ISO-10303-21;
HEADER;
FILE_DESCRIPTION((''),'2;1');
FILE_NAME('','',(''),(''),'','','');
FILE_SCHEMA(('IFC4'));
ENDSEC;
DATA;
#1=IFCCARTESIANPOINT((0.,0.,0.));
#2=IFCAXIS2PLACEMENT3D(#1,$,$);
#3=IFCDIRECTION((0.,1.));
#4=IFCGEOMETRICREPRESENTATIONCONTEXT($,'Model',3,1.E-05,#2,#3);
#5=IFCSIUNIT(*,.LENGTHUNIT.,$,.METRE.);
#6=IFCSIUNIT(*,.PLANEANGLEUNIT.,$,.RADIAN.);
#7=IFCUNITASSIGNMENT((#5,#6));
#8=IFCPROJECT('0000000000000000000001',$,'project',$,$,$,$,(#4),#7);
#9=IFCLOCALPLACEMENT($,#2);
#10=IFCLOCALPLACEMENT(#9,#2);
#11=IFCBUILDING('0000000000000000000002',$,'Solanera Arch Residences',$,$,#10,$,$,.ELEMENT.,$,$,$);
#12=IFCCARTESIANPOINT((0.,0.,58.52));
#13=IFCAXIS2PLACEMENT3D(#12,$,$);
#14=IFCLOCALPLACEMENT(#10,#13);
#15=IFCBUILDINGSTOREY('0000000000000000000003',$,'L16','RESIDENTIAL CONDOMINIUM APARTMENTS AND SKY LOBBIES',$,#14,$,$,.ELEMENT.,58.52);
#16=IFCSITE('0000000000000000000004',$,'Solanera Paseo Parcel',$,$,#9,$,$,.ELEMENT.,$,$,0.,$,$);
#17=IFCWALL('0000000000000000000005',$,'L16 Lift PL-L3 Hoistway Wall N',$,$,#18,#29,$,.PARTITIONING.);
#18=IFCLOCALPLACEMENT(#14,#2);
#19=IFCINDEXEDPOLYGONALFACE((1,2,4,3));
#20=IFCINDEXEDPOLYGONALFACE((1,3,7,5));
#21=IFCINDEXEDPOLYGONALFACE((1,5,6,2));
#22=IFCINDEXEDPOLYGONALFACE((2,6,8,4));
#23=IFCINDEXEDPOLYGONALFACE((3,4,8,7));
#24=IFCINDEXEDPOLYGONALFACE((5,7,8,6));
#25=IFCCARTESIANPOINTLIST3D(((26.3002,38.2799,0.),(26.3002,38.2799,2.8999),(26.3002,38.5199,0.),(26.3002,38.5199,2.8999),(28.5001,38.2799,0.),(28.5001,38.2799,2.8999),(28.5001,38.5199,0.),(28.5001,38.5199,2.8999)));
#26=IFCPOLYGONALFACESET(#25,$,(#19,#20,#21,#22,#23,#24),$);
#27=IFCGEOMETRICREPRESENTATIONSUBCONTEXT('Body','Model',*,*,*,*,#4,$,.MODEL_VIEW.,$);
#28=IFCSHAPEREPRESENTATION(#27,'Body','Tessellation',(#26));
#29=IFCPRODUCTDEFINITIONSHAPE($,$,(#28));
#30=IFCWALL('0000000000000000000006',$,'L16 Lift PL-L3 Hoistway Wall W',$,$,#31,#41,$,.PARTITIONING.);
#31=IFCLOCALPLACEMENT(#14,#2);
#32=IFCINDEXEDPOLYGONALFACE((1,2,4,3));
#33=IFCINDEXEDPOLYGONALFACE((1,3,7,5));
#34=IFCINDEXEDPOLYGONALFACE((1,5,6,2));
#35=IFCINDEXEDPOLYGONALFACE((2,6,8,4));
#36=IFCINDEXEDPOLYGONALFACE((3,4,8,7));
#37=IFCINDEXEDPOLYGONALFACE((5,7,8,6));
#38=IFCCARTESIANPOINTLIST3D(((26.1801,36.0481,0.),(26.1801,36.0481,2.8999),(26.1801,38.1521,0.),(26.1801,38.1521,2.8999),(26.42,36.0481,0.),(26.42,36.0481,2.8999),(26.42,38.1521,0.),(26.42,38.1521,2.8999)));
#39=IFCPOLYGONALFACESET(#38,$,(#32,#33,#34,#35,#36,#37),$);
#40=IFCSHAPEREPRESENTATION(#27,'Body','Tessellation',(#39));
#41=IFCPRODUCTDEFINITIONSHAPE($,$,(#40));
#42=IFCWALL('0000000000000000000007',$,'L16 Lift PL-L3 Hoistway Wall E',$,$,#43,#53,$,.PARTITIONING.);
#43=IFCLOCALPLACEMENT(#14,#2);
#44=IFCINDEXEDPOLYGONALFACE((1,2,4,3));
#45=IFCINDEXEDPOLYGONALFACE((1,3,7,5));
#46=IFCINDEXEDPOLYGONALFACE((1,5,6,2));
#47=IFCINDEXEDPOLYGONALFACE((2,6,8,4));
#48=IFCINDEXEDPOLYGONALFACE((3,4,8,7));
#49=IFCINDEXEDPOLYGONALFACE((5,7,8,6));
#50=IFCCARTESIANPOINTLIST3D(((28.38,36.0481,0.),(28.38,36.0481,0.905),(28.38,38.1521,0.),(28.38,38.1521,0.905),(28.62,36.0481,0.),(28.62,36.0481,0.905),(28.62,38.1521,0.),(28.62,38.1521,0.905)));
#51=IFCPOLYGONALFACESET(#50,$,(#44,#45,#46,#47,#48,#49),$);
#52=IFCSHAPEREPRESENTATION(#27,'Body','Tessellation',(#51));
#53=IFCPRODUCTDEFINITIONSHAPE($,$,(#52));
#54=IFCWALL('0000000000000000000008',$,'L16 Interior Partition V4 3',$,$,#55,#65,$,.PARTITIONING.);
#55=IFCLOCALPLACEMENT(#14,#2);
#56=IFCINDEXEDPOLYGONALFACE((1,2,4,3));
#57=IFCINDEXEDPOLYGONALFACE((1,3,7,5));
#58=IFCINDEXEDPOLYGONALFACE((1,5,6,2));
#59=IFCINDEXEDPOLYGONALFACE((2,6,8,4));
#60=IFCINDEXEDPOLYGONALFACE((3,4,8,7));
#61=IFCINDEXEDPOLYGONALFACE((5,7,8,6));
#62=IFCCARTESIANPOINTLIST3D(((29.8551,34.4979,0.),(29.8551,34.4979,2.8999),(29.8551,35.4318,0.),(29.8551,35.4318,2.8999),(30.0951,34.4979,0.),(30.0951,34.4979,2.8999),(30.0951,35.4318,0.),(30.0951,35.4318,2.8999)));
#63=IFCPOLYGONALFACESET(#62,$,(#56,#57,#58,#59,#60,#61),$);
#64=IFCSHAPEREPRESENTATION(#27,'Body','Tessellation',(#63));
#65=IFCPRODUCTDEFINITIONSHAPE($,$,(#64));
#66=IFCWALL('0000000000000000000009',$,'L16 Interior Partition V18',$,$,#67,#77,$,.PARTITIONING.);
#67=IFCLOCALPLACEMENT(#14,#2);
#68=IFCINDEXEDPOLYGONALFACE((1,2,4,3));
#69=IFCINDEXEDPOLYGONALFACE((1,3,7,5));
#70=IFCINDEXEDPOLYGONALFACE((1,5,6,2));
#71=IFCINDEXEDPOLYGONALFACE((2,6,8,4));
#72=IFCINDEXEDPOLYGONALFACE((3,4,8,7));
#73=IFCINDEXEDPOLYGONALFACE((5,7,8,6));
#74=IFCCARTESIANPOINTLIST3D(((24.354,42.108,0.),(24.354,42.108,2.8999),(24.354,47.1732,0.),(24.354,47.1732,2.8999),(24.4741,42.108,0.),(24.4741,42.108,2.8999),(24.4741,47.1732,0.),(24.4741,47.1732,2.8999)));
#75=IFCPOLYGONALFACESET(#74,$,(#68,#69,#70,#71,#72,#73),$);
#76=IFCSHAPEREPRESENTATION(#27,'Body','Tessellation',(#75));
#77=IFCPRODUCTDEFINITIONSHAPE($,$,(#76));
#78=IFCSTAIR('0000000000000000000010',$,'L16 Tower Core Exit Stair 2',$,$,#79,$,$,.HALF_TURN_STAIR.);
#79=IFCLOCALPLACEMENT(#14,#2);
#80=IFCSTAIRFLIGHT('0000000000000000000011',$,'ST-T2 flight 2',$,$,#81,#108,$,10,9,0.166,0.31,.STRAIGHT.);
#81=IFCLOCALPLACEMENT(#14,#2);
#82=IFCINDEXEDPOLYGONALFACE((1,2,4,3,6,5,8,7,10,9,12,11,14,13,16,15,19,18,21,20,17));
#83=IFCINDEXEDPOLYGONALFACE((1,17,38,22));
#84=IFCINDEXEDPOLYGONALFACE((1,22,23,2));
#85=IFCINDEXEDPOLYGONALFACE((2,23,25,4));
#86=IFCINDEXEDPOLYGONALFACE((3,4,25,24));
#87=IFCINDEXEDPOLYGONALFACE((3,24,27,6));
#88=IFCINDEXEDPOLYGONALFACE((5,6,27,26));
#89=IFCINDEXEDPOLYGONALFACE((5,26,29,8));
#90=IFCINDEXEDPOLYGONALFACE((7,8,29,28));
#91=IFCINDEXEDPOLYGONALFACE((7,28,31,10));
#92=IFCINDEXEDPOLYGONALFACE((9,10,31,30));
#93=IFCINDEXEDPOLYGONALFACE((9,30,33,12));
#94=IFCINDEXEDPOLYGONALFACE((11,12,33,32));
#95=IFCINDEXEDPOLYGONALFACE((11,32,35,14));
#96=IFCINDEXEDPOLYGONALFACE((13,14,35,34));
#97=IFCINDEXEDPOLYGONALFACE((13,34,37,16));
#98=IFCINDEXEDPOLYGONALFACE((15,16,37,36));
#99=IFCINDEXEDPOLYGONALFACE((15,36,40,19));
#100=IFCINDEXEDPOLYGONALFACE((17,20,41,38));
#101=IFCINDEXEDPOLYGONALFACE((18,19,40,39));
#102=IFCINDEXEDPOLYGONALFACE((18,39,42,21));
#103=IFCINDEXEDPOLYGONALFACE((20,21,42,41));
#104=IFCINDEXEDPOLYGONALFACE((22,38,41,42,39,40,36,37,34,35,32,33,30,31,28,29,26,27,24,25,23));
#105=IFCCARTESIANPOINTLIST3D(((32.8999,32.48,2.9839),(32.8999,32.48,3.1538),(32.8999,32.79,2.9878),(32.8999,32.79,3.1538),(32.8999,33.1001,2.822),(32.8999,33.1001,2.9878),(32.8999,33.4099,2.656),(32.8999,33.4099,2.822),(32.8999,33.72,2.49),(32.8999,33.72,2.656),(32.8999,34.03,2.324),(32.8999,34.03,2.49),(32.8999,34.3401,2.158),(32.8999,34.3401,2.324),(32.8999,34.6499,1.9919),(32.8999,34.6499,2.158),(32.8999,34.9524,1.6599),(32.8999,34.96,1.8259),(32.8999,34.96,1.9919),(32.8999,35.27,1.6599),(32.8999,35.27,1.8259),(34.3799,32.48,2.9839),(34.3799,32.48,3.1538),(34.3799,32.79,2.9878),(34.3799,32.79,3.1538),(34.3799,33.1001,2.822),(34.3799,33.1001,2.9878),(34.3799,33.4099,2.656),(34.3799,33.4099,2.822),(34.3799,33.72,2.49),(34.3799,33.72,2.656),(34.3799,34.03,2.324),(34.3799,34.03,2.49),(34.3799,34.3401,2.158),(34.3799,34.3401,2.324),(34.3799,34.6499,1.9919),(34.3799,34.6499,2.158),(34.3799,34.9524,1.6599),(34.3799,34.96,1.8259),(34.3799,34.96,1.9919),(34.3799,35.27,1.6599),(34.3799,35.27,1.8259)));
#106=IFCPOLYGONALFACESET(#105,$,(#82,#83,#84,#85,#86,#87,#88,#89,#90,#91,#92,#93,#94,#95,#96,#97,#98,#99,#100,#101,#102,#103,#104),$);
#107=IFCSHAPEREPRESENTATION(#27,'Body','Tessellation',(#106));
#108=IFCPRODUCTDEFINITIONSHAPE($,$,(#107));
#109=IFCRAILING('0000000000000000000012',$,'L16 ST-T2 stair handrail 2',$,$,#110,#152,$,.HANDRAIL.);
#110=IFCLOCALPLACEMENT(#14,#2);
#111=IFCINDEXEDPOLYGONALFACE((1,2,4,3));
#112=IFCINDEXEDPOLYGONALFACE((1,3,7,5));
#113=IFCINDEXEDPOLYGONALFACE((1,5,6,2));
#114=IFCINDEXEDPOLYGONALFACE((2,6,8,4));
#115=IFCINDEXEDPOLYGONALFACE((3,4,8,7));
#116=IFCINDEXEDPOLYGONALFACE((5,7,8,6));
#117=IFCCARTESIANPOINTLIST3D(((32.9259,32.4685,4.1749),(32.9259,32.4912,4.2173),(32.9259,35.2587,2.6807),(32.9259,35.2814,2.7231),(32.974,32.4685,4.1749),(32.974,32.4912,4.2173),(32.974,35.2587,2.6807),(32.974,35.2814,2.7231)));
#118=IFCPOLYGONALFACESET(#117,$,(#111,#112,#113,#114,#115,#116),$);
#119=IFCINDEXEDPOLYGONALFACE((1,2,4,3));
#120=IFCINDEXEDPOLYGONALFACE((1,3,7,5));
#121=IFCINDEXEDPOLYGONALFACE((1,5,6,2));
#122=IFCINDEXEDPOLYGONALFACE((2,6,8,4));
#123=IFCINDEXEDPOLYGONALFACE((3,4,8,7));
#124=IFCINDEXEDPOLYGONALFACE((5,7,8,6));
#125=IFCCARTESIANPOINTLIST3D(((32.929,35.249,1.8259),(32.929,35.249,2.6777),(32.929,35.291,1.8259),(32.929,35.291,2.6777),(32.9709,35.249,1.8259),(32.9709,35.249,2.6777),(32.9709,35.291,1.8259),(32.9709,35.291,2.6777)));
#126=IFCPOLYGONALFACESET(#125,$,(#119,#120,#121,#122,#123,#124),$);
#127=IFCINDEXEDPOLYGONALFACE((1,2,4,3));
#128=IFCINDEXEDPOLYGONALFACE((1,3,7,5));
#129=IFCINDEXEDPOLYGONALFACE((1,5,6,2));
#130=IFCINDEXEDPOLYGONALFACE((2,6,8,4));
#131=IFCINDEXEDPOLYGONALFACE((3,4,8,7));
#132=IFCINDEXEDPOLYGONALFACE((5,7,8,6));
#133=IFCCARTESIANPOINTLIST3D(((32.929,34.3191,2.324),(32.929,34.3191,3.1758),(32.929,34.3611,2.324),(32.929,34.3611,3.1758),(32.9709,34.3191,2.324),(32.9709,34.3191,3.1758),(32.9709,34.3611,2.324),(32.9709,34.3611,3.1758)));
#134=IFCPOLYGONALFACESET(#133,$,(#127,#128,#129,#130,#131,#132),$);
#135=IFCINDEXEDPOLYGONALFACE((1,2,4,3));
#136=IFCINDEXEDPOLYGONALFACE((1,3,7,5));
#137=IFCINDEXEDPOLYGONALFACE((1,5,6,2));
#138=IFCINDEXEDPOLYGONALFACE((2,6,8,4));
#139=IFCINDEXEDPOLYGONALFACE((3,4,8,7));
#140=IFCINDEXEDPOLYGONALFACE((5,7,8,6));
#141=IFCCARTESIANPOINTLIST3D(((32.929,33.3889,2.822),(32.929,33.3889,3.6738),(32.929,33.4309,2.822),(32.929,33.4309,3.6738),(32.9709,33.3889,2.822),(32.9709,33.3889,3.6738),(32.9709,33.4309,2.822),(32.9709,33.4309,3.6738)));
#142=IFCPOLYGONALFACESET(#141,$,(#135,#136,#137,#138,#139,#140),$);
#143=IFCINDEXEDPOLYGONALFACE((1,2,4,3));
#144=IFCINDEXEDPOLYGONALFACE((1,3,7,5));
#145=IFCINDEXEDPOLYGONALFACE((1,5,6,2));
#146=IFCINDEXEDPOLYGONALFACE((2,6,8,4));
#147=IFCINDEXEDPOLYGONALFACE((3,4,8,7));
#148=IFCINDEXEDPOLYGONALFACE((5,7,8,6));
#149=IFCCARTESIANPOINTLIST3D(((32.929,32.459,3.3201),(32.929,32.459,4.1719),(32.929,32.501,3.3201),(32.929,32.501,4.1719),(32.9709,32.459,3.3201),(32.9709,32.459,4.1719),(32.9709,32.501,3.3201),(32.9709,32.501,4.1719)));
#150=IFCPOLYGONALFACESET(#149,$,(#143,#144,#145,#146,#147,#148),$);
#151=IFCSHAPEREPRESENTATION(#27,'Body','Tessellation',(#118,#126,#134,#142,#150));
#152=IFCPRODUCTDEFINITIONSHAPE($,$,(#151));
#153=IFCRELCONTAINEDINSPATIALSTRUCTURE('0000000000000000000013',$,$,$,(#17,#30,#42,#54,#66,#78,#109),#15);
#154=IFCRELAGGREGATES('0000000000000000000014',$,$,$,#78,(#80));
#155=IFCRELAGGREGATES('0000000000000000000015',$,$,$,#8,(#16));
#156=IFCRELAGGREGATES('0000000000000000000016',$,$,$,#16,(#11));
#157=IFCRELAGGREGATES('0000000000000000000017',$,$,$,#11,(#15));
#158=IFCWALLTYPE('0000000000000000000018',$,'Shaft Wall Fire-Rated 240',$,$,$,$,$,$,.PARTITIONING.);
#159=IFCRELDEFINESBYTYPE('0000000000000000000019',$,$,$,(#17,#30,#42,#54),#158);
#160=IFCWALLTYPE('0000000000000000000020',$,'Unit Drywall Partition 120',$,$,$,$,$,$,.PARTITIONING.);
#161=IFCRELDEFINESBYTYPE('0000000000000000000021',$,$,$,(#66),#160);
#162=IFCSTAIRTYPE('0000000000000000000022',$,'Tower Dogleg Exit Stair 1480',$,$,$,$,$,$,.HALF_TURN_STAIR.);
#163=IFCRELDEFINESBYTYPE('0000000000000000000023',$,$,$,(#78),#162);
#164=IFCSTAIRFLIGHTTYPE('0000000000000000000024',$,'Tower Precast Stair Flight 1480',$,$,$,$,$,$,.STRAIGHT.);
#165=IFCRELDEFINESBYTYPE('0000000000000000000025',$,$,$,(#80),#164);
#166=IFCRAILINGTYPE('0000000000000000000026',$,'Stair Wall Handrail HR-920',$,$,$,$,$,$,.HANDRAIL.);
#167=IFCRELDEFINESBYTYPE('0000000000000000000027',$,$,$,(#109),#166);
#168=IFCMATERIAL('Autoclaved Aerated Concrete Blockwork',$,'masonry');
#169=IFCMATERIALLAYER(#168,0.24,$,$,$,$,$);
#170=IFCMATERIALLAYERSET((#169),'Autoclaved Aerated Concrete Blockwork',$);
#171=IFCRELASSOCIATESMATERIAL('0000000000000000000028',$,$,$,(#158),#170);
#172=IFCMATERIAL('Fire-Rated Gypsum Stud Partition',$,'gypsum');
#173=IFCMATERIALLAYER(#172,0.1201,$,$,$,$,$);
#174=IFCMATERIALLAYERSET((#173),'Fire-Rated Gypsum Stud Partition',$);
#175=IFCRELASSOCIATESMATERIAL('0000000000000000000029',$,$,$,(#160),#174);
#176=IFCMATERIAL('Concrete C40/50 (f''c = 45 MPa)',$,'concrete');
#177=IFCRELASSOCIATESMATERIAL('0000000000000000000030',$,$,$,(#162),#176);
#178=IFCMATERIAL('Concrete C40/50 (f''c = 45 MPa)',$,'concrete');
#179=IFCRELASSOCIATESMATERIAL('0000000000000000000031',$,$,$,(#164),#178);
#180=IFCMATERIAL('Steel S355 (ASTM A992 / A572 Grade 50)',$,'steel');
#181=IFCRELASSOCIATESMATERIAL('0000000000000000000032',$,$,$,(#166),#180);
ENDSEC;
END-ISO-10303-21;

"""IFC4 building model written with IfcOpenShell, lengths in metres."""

from ifc_helpers import new_model, si_unit, direction, frame, frame_2d, origin, origin_2d, place, context, subcontext, project, spatial, polyline, rectangle, outline, extrude, material, layer, layer_set, type_object, element, aggregate, save


model = new_model("IFC4")

# Units and contexts
model_context = context("Model", 3, precision=1e-05, world=origin(), true_north=direction((0.0, 1.0)))
body_context = subcontext(model_context, "Body", "Model", "MODEL_VIEW")
ifc_project = project(units=[si_unit("LENGTHUNIT", "METRE"), si_unit("PLANEANGLEUNIT", "RADIAN")], contexts=[model_context])

# Site, building, storey
site_placement = place(None, origin())
site = spatial("IfcSite", under=ifc_project, at=site_placement, Name="Solanera Paseo Parcel", CompositionType="ELEMENT", RefElevation=0.0)
building_placement = place(site_placement, origin())
building = spatial("IfcBuilding", under=site, at=building_placement, Name="Solanera Arch Residences", CompositionType="ELEMENT")
storey_placement = place(building_placement, frame((0.0, 0.0, 58.52)))
storey = spatial("IfcBuildingStorey", under=building, at=storey_placement, Name="L16", Description="RESIDENTIAL CONDOMINIUM APARTMENTS AND SKY LOBBIES", CompositionType="ELEMENT", Elevation=58.52)

# Walls
ifc_material_1 = material(Name="Autoclaved Aerated Concrete Blockwork", Category="masonry")
ifc_layer_1 = layer(ifc_material_1, 0.24)
ifc_layer_set_1 = layer_set([ifc_layer_1], Name="Autoclaved Aerated Concrete Blockwork")
wall_type_1 = type_object("IfcWallType", Name="Shaft Wall Fire-Rated 240", PredefinedType="PARTITIONING", material=ifc_layer_set_1)
for number, where, z_axis, x_axis, name in (
    (1, (26.3, 38.3999, 0.0), (0.0, 0.0, 1.0), (1.0, 0.0, 0.0), "L16 Lift PL-L3 Hoistway Wall N"),
):
    element("IfcWall", number, at=place(storey_placement, frame(where, z_axis=z_axis, x_axis=x_axis)), inside=storey, type_object=wall_type_1, Name=name, PredefinedType="PARTITIONING", context=body_context, shape_type="SweptSolid", body=[
        extrude(rectangle(XDim=2.2, YDim=0.24, at=frame_2d((1.1001, 0.0))), origin(), (0.0, 0.0, 1.0), 2.8999),
    ])
wall_1_placement = place(storey_placement, frame((26.3, 36.0481, 0.0), z_axis=(0.0, 0.0, 1.0), x_axis=(0.0, 1.0, 0.0)))
element("IfcWall", 2, at=wall_1_placement, inside=storey, type_object=wall_type_1, Name="L16 Lift PL-L3 Hoistway Wall W", PredefinedType="PARTITIONING", context=body_context, shape_type="SweptSolid", body=[
    extrude(rectangle(XDim=2.104, YDim=0.24, at=frame_2d((1.052, 0.0))), origin(), (0.0, 0.0, 1.0), 2.8999),
])
wall_2_placement = place(storey_placement, frame((28.5, 36.0481, 0.0), z_axis=(0.0, 0.0, 1.0), x_axis=(0.0, 1.0, 0.0)))
element("IfcWall", 3, at=wall_2_placement, inside=storey, type_object=wall_type_1, Name="L16 Lift PL-L3 Hoistway Wall E", PredefinedType="PARTITIONING", context=body_context, shape_type="SweptSolid", body=[
    extrude(rectangle(XDim=2.104, YDim=0.24, at=frame_2d((1.052, 0.0))), origin(), (0.0, 0.0, 1.0), 0.905),
])

# Walls
wall_3_placement = place(storey_placement, frame((29.9751, 34.498, 0.0), z_axis=(0.0, 0.0, 1.0), x_axis=(0.0, 1.0, 0.0)))
element("IfcWall", 4, at=wall_3_placement, inside=storey, type_object=wall_type_1, Name="L16 Interior Partition V4 3", PredefinedType="PARTITIONING", context=body_context, shape_type="SweptSolid", body=[
    extrude(rectangle(XDim=0.9338, YDim=0.24, at=frame_2d((0.4668, 0.0))), origin(), (0.0, 0.0, 1.0), 2.8999),
])
ifc_material_2 = material(Name="Fire-Rated Gypsum Stud Partition", Category="gypsum")
ifc_layer_2 = layer(ifc_material_2, 0.1201)
ifc_layer_set_2 = layer_set([ifc_layer_2], Name="Fire-Rated Gypsum Stud Partition")
wall_type_2 = type_object("IfcWallType", Name="Unit Drywall Partition 120", PredefinedType="PARTITIONING", material=ifc_layer_set_2)
wall_4_placement = place(storey_placement, frame((24.4141, 42.1079, 0.0), z_axis=(0.0, 0.0, 1.0), x_axis=(0.0, 1.0, 0.0)))
element("IfcWall", 5, at=wall_4_placement, inside=storey, type_object=wall_type_2, Name="L16 Interior Partition V18", PredefinedType="PARTITIONING", context=body_context, shape_type="SweptSolid", body=[
    extrude(rectangle(XDim=5.0652, YDim=0.1201, at=frame_2d((2.5327, 0.0))), origin(), (0.0, 0.0, 1.0), 2.8999),
])

# Stair, stair flight
ifc_material_3 = material(Name="Concrete C40/50 (f'c = 45 MPa)", Category="concrete")
stair_type = type_object("IfcStairType", Name="Tower Dogleg Exit Stair 1480", PredefinedType="HALF_TURN_STAIR", material=ifc_material_3)
stair_placement = place(storey_placement, origin())
stair = element("IfcStair", 6, at=stair_placement, inside=storey, type_object=stair_type, Name="L16 Tower Core Exit Stair 2", PredefinedType="HALF_TURN_STAIR")
ifc_material_4 = material(Name="Concrete C40/50 (f'c = 45 MPa)", Category="concrete")
stair_flight_type = type_object("IfcStairFlightType", Name="Tower Precast Stair Flight 1480", PredefinedType="STRAIGHT", material=ifc_material_4)
stair_flight_placement = place(storey_placement, frame((33.6399, 35.27, 1.6599), z_axis=(0.0, 0.0, 1.0), x_axis=(0.0, -1.0, 0.0)))
stair_flight = element("IfcStairFlight", 7, at=stair_flight_placement, type_object=stair_flight_type, Name="ST-T2 flight 2", NumberOfRisers=10, NumberOfTreads=9, PredefinedType="STRAIGHT", RiserHeight=0.166, TreadLength=0.31, context=body_context, shape_type="SweptSolid", body=[
    extrude(outline(polyline([(0.0, 0.0), (0.0, 0.166), (0.3101, 0.166), (0.3101, 0.332), (0.6201, 0.332), (0.6201, 0.498), (0.9299, 0.498), (0.9299, 0.6641), (1.24, 0.6641), (1.24, 0.8301), (1.55, 0.8301), (1.55, 0.9961), (1.8601, 0.9961), (1.8601, 1.1621), (2.1699, 1.1621), (2.1699, 1.3279), (2.48, 1.3279), (2.48, 1.4939), (2.79, 1.4939), (2.79, 1.6599), (2.79, 1.324), (0.3176, 0.0), (0.0, 0.0)])), frame((0.0, 0.74, 0.0), z_axis=(0.0, -1.0, 0.0), x_axis=(1.0, 0.0, 0.0)), (0.0, 0.0, 1.0), 1.48),
])
aggregate(stair, [stair_flight])

# Railing
ifc_material_5 = material(Name="Steel S355 (ASTM A992 / A572 Grade 50)", Category="steel")
railing_type = type_object("IfcRailingType", Name="Stair Wall Handrail HR-920", PredefinedType="HANDRAIL", material=ifc_material_5)
railing_placement = place(storey_placement, frame((32.95, 35.27, 1.8259)))
element("IfcRailing", 8, at=railing_placement, inside=storey, type_object=railing_type, Name="L16 ST-T2 stair handrail 2", PredefinedType="HANDRAIL", context=body_context, shape_type="SweptSolid", body=[
    extrude(rectangle(XDim=0.0481, YDim=0.0481, at=origin_2d()), frame((0.0, 0.0, 0.876), z_axis=(0.0, -0.881549, 0.472093), x_axis=(1.0, 0.0, 0.0)), (0.0, 0.0, 1.0), 3.165),
    extrude(rectangle(XDim=0.042, YDim=0.042, at=origin_2d()), origin(), (0.0, 0.0, 1.0), 0.8518),
    extrude(rectangle(XDim=0.042, YDim=0.042, at=origin_2d()), frame((0.0, -0.9299, 0.498)), (0.0, 0.0, 1.0), 0.8518),
    extrude(rectangle(XDim=0.042, YDim=0.042, at=origin_2d()), frame((0.0, -1.8601, 0.9961)), (0.0, 0.0, 1.0), 0.8518),
    extrude(rectangle(XDim=0.042, YDim=0.042, at=origin_2d()), frame((0.0, -2.79, 1.4941)), (0.0, 0.0, 1.0), 0.8518),
])

save(model, "model.ifc")
